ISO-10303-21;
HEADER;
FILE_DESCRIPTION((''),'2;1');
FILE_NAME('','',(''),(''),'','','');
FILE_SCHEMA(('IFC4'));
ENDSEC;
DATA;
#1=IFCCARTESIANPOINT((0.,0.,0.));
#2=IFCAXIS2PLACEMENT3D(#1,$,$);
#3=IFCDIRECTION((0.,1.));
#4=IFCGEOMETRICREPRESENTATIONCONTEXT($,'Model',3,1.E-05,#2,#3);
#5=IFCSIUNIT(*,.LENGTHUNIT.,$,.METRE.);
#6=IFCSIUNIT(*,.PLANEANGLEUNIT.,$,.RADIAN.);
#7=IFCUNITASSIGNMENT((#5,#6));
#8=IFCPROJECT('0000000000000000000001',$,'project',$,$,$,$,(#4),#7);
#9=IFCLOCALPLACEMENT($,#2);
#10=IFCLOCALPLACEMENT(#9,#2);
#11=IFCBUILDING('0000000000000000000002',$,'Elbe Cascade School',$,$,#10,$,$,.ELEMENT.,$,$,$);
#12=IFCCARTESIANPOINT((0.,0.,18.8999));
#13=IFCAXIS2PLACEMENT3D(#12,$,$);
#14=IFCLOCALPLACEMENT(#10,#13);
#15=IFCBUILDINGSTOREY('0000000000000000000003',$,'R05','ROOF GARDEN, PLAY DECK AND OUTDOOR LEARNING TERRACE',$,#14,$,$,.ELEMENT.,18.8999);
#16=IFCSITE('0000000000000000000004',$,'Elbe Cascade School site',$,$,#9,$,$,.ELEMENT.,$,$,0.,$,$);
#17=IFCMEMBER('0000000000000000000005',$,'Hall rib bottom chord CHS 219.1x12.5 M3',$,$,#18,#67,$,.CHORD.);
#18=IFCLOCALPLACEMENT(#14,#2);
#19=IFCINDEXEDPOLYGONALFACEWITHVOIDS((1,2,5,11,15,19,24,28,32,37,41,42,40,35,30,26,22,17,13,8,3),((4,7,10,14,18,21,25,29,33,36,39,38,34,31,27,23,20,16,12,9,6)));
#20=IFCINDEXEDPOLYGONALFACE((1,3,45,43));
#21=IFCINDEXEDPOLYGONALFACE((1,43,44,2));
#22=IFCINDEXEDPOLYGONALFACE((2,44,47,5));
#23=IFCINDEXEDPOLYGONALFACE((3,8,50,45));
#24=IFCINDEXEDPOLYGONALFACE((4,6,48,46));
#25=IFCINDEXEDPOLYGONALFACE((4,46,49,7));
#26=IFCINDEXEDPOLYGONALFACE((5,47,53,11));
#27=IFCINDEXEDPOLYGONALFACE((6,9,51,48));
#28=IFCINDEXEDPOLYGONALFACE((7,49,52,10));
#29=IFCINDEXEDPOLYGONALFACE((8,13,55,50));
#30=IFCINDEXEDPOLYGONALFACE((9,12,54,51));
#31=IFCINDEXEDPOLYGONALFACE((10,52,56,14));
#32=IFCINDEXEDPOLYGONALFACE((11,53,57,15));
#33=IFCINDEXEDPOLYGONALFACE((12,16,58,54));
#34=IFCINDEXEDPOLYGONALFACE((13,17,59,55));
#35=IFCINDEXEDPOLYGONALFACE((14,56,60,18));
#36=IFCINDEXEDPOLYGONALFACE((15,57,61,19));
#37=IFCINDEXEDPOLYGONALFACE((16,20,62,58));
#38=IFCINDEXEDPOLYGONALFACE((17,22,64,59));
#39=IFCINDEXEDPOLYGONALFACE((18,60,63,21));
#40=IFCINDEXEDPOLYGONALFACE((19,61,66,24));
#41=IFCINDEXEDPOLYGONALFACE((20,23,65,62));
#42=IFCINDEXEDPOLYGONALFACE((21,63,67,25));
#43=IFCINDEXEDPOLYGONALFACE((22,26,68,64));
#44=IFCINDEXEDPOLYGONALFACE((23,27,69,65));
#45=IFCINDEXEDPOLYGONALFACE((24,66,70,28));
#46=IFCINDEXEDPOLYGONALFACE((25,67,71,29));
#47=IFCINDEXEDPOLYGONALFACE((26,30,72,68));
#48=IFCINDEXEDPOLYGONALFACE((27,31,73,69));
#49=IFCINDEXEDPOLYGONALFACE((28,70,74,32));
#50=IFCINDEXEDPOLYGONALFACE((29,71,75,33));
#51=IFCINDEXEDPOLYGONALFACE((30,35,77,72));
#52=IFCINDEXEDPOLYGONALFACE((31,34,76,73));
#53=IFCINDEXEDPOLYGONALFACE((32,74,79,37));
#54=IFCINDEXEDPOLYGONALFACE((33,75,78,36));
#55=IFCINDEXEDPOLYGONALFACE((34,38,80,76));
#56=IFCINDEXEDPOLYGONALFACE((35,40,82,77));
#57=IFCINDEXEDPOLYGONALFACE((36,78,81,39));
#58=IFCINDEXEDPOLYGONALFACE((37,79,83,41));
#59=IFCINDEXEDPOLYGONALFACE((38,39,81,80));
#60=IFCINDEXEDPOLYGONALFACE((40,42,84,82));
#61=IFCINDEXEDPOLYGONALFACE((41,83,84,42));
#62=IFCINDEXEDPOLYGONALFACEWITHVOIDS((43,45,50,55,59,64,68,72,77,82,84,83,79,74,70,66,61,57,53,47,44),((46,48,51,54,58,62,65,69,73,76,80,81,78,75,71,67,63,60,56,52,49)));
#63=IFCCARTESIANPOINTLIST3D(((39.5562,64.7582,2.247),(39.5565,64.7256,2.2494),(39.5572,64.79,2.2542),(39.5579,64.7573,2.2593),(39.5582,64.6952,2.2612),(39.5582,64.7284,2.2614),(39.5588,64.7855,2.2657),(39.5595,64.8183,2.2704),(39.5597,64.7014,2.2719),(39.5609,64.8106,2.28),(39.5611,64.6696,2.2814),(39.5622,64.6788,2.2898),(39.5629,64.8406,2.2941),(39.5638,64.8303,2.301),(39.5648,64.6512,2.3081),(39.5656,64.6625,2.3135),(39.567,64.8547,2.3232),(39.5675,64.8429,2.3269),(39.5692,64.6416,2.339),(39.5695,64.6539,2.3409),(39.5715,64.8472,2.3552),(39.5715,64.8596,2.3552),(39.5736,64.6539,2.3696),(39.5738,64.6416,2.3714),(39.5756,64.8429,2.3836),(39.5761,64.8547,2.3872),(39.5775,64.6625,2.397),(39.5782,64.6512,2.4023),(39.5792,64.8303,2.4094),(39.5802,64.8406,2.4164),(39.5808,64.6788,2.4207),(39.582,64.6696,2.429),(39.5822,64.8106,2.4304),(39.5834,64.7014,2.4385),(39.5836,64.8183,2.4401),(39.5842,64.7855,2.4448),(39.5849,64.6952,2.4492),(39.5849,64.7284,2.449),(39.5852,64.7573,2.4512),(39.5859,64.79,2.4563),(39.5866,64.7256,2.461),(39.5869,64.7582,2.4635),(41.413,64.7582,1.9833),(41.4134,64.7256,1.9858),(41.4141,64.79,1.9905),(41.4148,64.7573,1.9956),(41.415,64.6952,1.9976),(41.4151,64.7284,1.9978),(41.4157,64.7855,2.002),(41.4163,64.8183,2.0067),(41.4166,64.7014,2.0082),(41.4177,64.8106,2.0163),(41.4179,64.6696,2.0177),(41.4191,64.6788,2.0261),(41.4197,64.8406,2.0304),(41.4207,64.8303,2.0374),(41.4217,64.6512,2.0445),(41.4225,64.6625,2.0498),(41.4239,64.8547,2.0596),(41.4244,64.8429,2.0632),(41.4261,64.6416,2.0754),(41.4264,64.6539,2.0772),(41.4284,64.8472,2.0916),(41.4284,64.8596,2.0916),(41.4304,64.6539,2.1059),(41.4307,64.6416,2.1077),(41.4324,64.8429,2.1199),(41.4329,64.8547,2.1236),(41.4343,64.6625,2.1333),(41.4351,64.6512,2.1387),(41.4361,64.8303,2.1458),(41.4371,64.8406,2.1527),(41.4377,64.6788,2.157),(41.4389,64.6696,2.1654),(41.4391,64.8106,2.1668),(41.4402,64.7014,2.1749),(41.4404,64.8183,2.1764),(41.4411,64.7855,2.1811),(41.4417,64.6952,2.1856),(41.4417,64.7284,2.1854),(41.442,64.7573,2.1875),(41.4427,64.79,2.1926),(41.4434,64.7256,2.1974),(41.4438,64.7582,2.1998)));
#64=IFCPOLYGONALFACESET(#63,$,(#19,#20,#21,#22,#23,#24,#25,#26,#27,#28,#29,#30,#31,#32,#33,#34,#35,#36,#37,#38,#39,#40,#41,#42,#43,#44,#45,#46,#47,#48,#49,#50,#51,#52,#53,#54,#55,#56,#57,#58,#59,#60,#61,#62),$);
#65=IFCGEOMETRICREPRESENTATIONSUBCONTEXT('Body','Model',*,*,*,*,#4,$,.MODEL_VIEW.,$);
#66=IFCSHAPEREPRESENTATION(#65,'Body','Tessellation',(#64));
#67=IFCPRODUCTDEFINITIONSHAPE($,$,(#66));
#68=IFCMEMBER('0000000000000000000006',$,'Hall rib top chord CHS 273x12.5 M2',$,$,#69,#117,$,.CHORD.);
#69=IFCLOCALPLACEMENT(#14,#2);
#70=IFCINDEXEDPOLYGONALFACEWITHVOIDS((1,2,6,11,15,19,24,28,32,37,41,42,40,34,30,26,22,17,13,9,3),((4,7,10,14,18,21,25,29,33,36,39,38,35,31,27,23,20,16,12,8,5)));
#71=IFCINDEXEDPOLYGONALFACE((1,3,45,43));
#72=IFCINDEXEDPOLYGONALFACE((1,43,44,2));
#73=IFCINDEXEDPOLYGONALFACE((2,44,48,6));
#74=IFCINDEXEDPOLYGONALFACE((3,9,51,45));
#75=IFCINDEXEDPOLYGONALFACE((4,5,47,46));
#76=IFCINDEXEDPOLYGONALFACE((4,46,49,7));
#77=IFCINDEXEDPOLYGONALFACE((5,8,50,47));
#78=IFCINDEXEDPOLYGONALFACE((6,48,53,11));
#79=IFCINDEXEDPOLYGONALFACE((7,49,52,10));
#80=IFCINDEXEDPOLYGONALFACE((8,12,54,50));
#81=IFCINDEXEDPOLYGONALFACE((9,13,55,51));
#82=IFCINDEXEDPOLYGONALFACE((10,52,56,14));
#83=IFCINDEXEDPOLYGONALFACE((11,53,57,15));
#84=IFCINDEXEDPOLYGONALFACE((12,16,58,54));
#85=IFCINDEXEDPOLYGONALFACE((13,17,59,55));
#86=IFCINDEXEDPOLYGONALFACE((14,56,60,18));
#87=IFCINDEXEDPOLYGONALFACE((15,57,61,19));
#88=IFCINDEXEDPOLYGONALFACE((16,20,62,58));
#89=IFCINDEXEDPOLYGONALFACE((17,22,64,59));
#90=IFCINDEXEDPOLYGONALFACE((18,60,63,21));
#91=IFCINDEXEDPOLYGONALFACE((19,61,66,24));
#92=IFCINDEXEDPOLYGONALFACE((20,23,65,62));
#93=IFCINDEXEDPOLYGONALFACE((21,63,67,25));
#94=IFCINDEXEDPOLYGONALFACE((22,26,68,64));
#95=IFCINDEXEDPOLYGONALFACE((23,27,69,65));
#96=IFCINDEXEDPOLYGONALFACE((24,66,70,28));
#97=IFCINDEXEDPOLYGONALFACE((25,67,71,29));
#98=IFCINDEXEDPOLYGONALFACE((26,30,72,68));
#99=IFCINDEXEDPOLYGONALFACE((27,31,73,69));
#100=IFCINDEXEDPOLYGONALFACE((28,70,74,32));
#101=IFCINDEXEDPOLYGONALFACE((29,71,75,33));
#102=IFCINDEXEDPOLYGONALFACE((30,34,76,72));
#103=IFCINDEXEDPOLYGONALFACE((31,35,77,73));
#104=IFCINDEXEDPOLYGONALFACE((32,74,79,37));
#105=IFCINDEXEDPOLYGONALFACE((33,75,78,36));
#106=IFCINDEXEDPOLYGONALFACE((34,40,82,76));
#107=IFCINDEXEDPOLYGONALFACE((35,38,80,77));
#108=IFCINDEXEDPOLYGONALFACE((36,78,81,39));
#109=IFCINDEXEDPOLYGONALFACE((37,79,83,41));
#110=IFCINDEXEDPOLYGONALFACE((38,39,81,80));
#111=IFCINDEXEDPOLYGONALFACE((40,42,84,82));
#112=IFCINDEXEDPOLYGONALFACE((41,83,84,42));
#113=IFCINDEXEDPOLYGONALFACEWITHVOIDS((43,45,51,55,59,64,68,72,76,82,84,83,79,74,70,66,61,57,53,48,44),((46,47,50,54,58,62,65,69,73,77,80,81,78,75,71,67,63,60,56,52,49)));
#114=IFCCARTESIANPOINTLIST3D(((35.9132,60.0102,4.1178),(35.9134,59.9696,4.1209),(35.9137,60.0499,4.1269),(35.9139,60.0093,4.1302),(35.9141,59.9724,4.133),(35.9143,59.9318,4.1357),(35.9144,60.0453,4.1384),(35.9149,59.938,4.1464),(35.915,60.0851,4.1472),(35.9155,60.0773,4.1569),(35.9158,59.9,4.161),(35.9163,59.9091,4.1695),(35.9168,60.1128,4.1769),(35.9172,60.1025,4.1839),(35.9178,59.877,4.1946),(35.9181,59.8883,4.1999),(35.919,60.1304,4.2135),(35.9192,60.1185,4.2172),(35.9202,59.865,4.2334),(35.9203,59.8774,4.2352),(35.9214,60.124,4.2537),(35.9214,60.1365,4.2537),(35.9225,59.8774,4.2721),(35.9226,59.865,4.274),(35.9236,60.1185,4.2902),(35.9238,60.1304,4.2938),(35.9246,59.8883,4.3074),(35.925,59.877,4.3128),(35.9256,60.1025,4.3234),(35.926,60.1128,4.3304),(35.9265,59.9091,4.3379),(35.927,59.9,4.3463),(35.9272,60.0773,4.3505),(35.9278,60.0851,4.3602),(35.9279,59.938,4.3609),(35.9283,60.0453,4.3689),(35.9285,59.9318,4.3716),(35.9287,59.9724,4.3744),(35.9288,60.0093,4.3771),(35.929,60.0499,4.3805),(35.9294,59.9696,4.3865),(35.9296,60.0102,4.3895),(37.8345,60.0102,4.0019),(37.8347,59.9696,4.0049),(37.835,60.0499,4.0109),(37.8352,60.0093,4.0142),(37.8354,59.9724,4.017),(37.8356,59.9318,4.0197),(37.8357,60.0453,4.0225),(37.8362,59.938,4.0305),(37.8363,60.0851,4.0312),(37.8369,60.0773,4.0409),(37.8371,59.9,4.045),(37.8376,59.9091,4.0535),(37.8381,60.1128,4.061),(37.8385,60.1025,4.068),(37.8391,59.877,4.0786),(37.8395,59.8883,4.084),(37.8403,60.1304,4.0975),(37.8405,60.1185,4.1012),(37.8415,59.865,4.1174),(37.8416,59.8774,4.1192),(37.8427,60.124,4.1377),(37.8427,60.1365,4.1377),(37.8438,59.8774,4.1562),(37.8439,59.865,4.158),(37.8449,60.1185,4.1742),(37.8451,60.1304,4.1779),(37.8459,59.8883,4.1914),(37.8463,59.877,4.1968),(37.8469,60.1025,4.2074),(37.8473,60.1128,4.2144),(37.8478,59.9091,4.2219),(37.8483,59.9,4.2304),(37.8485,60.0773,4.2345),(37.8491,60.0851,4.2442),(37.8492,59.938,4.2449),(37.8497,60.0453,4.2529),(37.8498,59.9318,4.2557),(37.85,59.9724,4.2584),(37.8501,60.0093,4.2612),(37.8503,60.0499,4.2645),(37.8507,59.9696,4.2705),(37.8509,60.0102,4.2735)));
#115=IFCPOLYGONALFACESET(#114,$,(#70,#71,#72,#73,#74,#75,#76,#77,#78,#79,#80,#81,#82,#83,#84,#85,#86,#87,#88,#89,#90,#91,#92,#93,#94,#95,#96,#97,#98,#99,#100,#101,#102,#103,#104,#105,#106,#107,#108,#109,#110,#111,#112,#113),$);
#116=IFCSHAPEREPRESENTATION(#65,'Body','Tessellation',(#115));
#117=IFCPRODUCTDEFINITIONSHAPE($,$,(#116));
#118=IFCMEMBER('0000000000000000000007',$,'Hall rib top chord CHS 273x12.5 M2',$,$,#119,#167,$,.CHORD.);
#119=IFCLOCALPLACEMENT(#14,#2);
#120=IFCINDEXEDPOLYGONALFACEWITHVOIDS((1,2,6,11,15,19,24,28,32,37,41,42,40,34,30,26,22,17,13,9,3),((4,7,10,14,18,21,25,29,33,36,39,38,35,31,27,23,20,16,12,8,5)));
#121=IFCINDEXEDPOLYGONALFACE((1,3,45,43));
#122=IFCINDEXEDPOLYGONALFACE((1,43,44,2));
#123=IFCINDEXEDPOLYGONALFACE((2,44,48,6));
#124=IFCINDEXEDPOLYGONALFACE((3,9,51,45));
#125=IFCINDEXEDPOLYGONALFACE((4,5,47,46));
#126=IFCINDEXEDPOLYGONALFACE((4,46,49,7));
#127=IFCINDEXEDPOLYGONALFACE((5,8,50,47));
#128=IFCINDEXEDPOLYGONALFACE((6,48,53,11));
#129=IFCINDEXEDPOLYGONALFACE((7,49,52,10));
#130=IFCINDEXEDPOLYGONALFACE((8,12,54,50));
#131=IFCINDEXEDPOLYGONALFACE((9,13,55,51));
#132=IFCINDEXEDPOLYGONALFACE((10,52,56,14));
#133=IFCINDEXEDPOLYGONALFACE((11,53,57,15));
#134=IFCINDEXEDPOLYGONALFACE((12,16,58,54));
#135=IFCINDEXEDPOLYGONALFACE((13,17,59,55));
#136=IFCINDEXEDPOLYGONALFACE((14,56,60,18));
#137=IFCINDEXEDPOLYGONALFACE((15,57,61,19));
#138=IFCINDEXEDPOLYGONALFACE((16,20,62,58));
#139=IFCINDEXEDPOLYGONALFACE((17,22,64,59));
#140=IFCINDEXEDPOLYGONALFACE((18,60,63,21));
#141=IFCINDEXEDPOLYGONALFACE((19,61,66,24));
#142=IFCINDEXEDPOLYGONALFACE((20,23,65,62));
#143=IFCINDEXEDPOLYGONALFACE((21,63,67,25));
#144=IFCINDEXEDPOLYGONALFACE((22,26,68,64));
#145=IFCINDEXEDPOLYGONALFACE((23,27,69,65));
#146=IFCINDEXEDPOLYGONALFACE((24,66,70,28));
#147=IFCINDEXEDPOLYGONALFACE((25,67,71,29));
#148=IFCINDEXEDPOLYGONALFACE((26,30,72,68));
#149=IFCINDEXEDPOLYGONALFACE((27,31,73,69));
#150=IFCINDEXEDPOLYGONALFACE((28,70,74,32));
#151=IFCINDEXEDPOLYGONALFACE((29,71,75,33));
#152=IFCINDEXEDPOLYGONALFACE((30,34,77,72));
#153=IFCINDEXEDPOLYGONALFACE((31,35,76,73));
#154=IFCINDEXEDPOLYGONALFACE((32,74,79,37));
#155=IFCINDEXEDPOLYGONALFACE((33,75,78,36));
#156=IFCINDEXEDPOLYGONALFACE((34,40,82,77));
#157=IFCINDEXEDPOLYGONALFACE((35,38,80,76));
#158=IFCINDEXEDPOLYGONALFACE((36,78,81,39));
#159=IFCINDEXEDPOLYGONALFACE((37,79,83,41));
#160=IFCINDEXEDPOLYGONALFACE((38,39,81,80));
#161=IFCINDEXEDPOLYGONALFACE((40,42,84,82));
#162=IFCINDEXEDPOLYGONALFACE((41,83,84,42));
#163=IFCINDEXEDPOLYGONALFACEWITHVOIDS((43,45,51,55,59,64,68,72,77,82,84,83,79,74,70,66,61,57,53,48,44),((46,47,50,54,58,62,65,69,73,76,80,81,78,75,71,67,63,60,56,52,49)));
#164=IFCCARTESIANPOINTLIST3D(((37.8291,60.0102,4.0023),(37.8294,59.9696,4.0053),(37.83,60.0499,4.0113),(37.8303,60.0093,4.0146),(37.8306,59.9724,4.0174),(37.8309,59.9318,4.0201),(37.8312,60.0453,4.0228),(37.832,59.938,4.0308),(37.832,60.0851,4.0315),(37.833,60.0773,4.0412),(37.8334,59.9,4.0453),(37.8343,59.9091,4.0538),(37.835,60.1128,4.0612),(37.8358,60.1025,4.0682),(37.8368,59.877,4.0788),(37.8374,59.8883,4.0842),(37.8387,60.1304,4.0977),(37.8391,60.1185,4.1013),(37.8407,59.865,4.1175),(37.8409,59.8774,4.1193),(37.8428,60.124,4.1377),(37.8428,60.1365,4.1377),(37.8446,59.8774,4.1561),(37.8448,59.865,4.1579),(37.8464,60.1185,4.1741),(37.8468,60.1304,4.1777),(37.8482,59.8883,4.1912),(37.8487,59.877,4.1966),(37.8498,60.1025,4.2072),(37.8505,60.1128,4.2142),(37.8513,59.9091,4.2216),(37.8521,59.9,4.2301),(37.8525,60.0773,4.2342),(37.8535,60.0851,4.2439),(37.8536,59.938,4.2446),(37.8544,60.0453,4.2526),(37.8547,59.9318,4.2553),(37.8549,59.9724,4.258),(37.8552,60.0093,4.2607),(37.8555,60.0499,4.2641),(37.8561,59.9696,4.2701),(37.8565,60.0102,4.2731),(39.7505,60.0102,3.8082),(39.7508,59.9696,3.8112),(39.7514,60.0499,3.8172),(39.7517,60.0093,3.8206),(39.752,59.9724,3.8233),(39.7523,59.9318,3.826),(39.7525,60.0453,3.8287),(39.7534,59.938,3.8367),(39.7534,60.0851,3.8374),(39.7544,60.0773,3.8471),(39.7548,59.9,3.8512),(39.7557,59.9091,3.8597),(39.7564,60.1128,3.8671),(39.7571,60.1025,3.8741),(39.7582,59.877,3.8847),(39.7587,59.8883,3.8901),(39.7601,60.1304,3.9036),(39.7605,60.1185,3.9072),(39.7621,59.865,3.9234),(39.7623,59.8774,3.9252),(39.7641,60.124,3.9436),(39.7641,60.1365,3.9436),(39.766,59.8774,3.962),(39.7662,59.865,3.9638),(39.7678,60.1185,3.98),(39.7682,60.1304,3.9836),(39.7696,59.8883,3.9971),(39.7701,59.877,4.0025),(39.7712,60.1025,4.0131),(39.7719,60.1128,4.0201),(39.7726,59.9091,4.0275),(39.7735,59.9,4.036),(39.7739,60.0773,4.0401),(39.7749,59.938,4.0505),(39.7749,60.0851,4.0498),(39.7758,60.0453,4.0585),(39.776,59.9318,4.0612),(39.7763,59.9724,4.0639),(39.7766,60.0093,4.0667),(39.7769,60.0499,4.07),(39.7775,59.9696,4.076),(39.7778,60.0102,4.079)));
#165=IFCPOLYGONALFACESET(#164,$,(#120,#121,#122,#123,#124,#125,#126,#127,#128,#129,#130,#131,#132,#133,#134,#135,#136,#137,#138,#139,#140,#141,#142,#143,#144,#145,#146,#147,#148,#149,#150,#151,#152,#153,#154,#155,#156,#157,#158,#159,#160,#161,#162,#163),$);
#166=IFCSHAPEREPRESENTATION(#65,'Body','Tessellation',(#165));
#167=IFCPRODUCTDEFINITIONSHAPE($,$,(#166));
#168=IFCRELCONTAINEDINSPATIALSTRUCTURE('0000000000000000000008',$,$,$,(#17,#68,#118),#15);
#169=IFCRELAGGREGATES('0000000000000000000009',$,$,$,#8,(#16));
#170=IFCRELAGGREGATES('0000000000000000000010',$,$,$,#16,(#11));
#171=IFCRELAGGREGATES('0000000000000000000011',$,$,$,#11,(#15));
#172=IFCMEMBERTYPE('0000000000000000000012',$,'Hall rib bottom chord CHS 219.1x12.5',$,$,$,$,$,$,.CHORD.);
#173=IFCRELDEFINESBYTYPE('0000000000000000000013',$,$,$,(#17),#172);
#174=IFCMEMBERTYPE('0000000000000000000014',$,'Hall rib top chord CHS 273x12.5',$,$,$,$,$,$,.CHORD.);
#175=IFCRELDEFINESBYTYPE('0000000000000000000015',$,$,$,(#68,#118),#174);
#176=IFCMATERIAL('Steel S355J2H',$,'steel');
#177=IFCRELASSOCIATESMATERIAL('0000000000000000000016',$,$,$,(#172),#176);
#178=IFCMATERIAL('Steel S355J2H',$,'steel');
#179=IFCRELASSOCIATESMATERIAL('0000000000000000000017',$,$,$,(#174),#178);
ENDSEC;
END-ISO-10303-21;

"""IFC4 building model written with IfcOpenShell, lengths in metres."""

from ifc_helpers import new_model, si_unit, direction, frame, origin, origin_2d, place, context, subcontext, project, spatial, hollow_circle, extrude, material, material_profile, profile_set, type_object, element, save


model = new_model("IFC4")

# Units and contexts
model_context = context("Model", 3, precision=1e-05, world=origin(), true_north=direction((0.0, 1.0)))
body_context = subcontext(model_context, "Body", "Model", "MODEL_VIEW")
ifc_project = project(units=[si_unit("LENGTHUNIT", "METRE"), si_unit("PLANEANGLEUNIT", "RADIAN")], contexts=[model_context])

# Site, building, storey
site_placement = place(None, origin())
site = spatial("IfcSite", under=ifc_project, at=site_placement, Name="Elbe Cascade School site", CompositionType="ELEMENT", RefElevation=0.0)
building_placement = place(site_placement, origin())
building = spatial("IfcBuilding", under=site, at=building_placement, Name="Elbe Cascade School", CompositionType="ELEMENT")
storey_placement = place(building_placement, frame((0.0, 0.0, 18.8999)))
storey = spatial("IfcBuildingStorey", under=building, at=storey_placement, Name="R05", Description="ROOF GARDEN, PLAY DECK AND OUTDOOR LEARNING TERRACE", CompositionType="ELEMENT", Elevation=18.8999)

# Members
ifc_material_1 = material(Name="Steel S355J2H", Category="steel")
ifc_material_profile_1 = material_profile(ifc_material_1, hollow_circle(Radius=0.1096, WallThickness=0.0125, at=origin_2d()), Name="CHS 219.1x12.5")
ifc_profile_set_1 = profile_set([ifc_material_profile_1], Name="Steel S355J2H")
member_type_1 = type_object("IfcMemberType", Name="Hall rib bottom chord CHS 219.1x12.5", PredefinedType="CHORD", material=ifc_profile_set_1)
member_1_placement = place(storey_placement, frame((39.5715, 64.75, 2.3552), z_axis=(0.990069, 0.0, -0.140583), x_axis=(0.0, 1.0, 0.0)))
element("IfcMember", 1, at=member_1_placement, inside=storey, type_object=member_type_1, Name="Hall rib bottom chord CHS 219.1x12.5 M3", PredefinedType="CHORD", context=body_context, shape_type="SweptSolid", body=[
    extrude(hollow_circle(Radius=0.1096, WallThickness=0.0125, at=origin_2d()), origin(), (0.0, 0.0, 1.0), 1.8755),
])
ifc_material_2 = material(Name="Steel S355J2H", Category="steel")
ifc_material_profile_2 = material_profile(ifc_material_2, hollow_circle(Radius=0.1365, WallThickness=0.0125, at=origin_2d()), Name="CHS 273x12.5")
ifc_profile_set_2 = profile_set([ifc_material_profile_2], Name="Steel S355J2H")
member_type_2 = type_object("IfcMemberType", Name="Hall rib top chord CHS 273x12.5", PredefinedType="CHORD", material=ifc_profile_set_2)
member_2_placement = place(storey_placement, frame((35.9214, 60.0, 4.2537), z_axis=(0.998184, 0.0, -0.060246), x_axis=(0.0, 1.0, 0.0)))
element("IfcMember", 2, at=member_2_placement, inside=storey, type_object=member_type_2, Name="Hall rib top chord CHS 273x12.5 M2", PredefinedType="CHORD", context=body_context, shape_type="SweptSolid", body=[
    extrude(hollow_circle(Radius=0.1365, WallThickness=0.0125, at=origin_2d()), origin(), (0.0, 0.0, 1.0), 1.9248),
])
member_3_placement = place(storey_placement, frame((37.8428, 60.0, 4.1377), z_axis=(0.994937, 0.0, -0.100505), x_axis=(0.0, 1.0, 0.0)))
element("IfcMember", 3, at=member_3_placement, inside=storey, type_object=member_type_2, Name="Hall rib top chord CHS 273x12.5 M2", PredefinedType="CHORD", context=body_context, shape_type="SweptSolid", body=[
    extrude(hollow_circle(Radius=0.1365, WallThickness=0.0125, at=origin_2d()), origin(), (0.0, 0.0, 1.0), 1.9312),
])

save(model, "model.ifc")
